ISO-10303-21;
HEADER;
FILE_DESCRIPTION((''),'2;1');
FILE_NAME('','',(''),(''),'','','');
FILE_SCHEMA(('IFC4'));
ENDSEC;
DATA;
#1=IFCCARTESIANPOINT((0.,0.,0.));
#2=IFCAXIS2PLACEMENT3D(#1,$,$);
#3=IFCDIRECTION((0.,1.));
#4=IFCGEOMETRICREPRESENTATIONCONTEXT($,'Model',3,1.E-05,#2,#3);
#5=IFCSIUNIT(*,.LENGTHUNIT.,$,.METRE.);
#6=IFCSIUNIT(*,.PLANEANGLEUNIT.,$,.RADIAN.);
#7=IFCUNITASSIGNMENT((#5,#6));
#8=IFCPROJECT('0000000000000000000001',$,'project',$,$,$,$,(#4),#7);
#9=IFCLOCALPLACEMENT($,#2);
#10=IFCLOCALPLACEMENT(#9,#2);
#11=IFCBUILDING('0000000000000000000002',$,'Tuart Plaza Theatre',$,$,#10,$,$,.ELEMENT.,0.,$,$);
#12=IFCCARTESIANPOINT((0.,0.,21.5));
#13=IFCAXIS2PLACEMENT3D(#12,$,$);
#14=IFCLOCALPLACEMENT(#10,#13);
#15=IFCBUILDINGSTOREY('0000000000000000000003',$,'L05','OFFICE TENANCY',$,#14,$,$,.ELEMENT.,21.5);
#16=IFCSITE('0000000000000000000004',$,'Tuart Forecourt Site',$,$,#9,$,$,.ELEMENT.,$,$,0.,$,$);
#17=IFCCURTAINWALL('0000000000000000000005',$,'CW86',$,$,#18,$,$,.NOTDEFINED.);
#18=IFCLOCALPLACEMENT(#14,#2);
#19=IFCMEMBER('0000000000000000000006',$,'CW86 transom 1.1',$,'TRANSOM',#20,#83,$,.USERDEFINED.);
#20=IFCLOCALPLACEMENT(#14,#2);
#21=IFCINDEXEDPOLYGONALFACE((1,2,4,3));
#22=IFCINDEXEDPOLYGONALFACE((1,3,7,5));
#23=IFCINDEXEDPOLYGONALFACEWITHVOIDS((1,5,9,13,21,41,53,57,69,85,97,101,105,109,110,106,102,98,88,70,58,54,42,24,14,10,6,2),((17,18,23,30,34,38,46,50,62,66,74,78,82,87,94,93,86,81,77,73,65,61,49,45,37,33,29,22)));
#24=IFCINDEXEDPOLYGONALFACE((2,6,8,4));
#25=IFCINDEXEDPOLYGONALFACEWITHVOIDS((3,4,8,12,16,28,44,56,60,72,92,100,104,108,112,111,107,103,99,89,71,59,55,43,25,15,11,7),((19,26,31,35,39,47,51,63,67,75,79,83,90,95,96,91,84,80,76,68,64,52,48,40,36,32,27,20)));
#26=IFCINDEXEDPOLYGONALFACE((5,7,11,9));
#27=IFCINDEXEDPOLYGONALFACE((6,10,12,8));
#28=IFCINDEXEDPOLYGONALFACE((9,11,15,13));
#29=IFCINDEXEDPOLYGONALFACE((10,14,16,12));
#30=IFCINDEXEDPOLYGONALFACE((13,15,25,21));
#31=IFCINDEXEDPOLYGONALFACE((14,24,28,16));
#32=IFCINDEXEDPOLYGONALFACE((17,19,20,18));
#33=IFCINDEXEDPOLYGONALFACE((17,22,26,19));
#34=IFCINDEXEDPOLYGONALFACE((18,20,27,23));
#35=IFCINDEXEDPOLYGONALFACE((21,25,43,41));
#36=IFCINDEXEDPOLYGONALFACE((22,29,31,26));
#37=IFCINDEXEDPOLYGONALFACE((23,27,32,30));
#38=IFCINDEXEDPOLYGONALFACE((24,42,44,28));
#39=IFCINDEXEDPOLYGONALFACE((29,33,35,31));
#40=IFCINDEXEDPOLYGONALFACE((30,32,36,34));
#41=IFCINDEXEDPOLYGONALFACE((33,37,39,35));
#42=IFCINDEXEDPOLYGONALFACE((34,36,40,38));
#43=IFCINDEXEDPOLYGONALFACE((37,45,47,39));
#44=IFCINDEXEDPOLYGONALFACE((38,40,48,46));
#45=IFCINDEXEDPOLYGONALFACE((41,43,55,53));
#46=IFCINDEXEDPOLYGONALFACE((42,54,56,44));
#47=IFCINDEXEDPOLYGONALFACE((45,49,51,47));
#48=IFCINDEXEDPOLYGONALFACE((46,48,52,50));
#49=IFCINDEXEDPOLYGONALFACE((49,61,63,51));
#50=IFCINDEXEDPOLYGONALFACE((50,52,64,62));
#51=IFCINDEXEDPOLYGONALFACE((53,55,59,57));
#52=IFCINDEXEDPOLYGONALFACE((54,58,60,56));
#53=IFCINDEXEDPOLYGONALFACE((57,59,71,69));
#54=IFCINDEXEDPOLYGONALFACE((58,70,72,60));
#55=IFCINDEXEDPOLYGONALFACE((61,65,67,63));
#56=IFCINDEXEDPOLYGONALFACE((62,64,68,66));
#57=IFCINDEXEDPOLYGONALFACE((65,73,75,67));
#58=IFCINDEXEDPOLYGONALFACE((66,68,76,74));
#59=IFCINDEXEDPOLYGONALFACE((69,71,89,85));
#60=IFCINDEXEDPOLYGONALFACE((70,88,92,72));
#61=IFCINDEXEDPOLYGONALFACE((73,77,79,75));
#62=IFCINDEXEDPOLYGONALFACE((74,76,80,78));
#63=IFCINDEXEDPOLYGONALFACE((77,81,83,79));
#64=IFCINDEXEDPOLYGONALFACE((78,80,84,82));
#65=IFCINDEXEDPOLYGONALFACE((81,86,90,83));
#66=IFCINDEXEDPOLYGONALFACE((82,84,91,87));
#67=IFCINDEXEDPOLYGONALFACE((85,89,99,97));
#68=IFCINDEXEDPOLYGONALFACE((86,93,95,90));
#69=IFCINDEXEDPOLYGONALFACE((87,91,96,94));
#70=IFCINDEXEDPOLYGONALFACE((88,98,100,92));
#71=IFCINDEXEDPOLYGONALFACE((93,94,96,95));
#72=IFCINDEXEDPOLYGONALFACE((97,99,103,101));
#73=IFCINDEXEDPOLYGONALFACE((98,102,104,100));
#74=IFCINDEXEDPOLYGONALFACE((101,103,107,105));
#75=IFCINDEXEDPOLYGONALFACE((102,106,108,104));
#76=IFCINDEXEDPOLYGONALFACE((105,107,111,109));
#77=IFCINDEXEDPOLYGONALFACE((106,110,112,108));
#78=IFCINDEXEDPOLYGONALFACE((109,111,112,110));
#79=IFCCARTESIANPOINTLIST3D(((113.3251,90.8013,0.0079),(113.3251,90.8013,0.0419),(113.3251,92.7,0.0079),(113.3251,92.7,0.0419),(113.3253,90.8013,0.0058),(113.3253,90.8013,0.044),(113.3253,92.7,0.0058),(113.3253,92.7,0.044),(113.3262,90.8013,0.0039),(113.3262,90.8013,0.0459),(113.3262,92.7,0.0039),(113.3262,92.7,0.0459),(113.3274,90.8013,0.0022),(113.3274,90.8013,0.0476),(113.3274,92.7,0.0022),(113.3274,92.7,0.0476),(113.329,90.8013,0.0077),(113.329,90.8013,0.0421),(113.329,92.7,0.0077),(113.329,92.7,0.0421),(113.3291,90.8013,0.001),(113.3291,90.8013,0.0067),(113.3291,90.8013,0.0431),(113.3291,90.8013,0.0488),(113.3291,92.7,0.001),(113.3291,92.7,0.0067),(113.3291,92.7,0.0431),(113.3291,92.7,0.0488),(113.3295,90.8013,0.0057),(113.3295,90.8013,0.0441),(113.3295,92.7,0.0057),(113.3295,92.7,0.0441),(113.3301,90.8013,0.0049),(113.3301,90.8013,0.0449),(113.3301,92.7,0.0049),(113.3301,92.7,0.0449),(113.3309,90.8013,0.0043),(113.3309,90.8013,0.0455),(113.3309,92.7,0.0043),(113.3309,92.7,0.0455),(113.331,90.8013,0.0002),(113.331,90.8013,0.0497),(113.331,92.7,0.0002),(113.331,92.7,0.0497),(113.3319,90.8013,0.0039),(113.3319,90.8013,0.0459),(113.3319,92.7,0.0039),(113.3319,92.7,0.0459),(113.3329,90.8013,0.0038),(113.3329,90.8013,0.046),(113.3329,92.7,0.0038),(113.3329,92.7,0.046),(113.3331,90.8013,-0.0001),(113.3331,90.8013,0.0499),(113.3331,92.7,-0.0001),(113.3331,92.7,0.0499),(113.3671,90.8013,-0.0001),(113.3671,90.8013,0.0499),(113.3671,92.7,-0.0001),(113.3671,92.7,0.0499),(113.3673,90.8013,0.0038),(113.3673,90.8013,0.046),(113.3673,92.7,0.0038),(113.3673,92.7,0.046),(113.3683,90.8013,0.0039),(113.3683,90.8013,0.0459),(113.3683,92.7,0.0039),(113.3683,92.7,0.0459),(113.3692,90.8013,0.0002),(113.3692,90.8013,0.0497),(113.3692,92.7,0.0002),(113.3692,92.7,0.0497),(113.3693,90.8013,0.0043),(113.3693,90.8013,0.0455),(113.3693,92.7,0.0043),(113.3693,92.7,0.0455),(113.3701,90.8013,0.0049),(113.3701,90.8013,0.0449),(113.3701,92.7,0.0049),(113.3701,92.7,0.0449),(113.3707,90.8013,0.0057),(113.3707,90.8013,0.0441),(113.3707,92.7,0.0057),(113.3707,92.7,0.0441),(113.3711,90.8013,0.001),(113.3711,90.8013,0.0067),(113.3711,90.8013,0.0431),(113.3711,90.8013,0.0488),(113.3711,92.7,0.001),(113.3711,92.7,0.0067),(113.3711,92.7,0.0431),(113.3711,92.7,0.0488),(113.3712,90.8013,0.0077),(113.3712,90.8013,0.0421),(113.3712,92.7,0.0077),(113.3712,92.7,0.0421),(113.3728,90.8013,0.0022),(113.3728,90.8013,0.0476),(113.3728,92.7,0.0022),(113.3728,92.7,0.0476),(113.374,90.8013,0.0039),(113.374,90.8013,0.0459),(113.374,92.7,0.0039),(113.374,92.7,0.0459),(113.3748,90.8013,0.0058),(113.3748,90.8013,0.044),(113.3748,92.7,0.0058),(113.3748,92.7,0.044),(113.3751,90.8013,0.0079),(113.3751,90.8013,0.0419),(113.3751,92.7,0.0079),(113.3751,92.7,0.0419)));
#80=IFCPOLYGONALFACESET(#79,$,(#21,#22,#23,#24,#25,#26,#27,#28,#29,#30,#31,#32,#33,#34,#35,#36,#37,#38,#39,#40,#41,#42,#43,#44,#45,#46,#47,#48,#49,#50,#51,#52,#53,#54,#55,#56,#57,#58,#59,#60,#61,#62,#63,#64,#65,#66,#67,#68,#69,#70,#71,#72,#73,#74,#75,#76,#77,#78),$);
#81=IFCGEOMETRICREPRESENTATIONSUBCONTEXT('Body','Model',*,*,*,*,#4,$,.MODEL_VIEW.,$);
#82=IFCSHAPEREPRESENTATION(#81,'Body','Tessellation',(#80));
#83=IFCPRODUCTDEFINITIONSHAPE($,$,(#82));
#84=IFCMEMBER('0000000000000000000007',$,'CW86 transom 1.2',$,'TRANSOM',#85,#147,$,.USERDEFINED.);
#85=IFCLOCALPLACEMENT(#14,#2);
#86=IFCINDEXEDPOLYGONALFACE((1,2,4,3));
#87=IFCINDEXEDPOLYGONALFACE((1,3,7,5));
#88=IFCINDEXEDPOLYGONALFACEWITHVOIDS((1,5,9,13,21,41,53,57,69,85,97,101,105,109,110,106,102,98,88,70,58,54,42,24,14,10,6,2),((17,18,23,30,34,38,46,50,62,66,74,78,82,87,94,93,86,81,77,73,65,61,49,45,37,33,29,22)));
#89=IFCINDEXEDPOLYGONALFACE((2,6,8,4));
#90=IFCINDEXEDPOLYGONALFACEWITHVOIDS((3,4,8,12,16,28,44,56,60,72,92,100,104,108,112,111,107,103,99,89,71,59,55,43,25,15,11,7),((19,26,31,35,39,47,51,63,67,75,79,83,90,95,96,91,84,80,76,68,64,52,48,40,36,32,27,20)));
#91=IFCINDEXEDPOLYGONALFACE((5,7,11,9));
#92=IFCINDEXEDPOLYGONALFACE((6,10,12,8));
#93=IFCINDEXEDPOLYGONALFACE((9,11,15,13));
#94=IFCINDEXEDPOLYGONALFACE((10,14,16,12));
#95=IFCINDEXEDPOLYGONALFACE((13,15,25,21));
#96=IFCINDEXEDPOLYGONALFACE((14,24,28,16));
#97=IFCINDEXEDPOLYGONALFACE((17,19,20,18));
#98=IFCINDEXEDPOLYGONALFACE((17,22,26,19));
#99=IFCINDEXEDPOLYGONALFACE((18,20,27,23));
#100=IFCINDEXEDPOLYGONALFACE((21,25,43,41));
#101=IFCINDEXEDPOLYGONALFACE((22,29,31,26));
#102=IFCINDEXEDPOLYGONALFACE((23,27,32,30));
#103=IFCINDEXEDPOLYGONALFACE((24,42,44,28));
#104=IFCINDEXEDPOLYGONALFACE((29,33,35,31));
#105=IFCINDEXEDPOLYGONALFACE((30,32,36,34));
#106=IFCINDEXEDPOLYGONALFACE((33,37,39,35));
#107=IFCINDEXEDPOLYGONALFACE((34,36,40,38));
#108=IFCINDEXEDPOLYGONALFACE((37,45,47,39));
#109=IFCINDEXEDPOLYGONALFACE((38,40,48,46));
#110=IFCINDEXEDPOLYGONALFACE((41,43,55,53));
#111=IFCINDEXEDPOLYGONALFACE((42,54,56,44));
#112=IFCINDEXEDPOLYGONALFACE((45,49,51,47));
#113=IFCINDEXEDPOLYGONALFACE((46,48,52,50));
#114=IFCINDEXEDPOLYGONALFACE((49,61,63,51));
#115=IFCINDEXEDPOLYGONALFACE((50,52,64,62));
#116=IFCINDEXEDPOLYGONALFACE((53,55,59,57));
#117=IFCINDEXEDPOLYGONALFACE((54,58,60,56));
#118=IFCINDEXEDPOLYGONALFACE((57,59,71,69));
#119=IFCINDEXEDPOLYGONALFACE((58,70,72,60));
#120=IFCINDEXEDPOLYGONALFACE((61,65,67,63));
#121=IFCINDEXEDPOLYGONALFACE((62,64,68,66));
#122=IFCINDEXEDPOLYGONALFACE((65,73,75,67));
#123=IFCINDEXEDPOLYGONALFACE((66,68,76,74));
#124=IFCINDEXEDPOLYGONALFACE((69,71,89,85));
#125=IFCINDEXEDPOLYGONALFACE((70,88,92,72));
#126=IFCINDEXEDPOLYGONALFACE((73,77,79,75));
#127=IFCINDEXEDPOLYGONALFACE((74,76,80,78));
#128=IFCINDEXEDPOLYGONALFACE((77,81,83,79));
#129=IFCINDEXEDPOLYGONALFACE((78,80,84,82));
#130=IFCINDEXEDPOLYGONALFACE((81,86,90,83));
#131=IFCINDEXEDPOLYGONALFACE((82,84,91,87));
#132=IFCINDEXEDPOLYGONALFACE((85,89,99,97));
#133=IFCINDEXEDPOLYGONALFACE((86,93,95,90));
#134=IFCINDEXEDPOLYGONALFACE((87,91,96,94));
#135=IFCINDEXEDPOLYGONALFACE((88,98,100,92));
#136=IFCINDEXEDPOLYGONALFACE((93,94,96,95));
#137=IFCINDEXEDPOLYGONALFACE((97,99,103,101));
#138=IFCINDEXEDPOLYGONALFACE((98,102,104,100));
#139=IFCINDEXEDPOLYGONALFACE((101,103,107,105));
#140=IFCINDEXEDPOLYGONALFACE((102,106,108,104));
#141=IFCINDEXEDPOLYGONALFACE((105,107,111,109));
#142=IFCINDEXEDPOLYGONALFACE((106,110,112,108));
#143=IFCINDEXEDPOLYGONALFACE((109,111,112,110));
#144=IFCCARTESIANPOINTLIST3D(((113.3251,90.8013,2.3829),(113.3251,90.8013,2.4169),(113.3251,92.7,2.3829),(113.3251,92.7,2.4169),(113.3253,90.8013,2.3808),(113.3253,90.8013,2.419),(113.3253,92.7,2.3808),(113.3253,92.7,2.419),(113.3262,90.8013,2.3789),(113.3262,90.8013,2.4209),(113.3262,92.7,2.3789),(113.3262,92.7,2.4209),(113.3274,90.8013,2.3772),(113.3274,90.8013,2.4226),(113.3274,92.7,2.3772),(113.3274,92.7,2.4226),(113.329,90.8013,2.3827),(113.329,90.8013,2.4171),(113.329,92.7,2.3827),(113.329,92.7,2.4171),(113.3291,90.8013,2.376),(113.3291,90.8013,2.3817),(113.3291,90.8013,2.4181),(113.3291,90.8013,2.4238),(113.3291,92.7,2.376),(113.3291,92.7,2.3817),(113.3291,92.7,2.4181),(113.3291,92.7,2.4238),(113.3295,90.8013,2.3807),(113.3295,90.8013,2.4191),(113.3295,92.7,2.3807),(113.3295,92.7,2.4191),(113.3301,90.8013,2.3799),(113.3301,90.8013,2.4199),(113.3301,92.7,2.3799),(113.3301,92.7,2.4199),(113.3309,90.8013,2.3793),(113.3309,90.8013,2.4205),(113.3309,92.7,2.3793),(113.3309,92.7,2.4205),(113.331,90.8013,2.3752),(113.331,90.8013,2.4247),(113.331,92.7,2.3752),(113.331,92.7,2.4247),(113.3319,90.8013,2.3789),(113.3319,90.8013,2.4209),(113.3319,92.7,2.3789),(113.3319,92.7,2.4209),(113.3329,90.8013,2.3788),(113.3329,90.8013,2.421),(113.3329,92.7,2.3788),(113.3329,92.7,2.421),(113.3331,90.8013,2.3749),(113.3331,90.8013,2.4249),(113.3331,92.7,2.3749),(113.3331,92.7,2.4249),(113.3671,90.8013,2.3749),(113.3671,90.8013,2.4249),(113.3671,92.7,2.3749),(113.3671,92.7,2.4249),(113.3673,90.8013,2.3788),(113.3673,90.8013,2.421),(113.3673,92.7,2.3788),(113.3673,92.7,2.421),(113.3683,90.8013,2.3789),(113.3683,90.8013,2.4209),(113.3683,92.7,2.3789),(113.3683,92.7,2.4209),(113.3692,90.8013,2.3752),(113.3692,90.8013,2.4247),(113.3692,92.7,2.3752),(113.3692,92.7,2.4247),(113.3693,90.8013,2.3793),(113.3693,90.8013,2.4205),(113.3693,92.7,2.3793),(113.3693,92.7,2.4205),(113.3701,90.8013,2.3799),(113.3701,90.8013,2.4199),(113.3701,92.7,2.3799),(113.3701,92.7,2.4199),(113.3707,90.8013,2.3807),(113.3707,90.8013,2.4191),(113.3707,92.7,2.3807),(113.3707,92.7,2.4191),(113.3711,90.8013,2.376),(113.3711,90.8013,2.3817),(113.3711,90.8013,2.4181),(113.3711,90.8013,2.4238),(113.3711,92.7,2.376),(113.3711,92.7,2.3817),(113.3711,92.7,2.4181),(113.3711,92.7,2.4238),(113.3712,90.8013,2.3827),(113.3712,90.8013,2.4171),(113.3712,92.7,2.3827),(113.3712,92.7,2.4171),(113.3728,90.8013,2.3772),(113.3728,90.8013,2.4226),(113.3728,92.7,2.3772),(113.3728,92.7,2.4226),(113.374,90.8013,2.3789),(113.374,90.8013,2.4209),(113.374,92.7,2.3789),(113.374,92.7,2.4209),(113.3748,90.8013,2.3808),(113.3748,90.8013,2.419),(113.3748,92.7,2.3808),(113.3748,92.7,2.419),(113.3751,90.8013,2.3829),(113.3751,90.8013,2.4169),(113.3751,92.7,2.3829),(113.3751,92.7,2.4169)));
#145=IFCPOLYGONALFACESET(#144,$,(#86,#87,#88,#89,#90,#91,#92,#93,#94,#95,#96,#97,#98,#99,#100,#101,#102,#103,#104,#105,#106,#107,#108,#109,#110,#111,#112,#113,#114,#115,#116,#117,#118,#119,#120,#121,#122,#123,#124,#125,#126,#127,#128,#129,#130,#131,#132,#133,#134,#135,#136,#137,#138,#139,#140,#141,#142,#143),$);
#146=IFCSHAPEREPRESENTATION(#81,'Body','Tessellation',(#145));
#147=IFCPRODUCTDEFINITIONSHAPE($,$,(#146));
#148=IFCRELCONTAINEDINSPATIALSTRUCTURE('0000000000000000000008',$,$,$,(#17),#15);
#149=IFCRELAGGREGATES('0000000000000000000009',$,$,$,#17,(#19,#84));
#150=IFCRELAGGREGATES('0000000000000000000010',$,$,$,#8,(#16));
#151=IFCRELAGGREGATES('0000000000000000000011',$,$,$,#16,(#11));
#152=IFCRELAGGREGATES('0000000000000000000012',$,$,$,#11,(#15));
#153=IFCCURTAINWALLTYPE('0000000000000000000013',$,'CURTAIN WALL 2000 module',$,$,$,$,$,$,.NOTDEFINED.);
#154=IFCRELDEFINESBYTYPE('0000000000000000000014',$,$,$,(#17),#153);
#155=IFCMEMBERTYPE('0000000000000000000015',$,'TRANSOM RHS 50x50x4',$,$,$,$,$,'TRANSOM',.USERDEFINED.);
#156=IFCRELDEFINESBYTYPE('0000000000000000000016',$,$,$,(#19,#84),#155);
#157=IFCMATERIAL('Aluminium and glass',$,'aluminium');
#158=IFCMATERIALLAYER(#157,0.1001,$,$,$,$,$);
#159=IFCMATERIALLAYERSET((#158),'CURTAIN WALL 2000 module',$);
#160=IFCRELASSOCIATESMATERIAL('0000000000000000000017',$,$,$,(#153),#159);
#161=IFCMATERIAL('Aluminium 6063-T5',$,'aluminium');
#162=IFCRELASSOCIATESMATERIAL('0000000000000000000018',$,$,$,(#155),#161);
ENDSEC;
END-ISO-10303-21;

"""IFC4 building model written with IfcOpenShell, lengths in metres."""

from ifc_helpers import new_model, si_unit, direction, frame, origin, origin_2d, place, context, subcontext, project, spatial, hollow_rectangle, extrude, material, layer, layer_set, material_profile, profile_set, type_object, element, aggregate, save


model = new_model("IFC4")

# Units and contexts
model_context = context("Model", 3, precision=1e-05, world=origin(), true_north=direction((0.0, 1.0)))
body_context = subcontext(model_context, "Body", "Model", "MODEL_VIEW")
ifc_project = project(units=[si_unit("LENGTHUNIT", "METRE"), si_unit("PLANEANGLEUNIT", "RADIAN")], contexts=[model_context])

# Site, building, storey
site_placement = place(None, origin())
site = spatial("IfcSite", under=ifc_project, at=site_placement, Name="Tuart Forecourt Site", CompositionType="ELEMENT", RefElevation=0.0)
building_placement = place(site_placement, origin())
building = spatial("IfcBuilding", under=site, at=building_placement, Name="Tuart Plaza Theatre", CompositionType="ELEMENT", ElevationOfRefHeight=0.0)
storey_placement = place(building_placement, frame((0.0, 0.0, 21.5)))
storey = spatial("IfcBuildingStorey", under=building, at=storey_placement, Name="L05", Description="OFFICE TENANCY", CompositionType="ELEMENT", Elevation=21.5)

# Shared definitions
ifc_material_1 = material(Name="Aluminium and glass", Category="aluminium")
ifc_layer_1 = layer(ifc_material_1, 0.1001)
ifc_layer_set_1 = layer_set([ifc_layer_1], Name="CURTAIN WALL 2000 module")
curtain_wall_type = type_object("IfcCurtainWallType", Name="CURTAIN WALL 2000 module", PredefinedType="NOTDEFINED", material=ifc_layer_set_1)

# Curtain wall
curtain_wall_1_placement = place(storey_placement, origin())
curtain_wall_1 = element("IfcCurtainWall", 1, at=curtain_wall_1_placement, inside=storey, type_object=curtain_wall_type, Name="CW86", PredefinedType="NOTDEFINED")

# Members
ifc_material_2 = material(Name="Aluminium 6063-T5", Category="aluminium")
ifc_material_profile_1 = material_profile(ifc_material_2, hollow_rectangle(XDim=0.05, YDim=0.05, WallThickness=0.0039, InnerFilletRadius=0.0039, OuterFilletRadius=0.0081, at=origin_2d()), Name="RHS 50x50x4")
ifc_profile_set_1 = profile_set([ifc_material_profile_1], Name="Aluminium 6063-T5")
member_type_1 = type_object("IfcMemberType", Name="TRANSOM RHS 50x50x4", ElementType="TRANSOM", PredefinedType="USERDEFINED", material=ifc_profile_set_1)
member_1_placement = place(storey_placement, frame((113.3501, 92.7, 0.0249), z_axis=(0.0, -1.0, 0.0), x_axis=(1.0, 0.0, 0.0)))
member_1 = element("IfcMember", 2, at=member_1_placement, type_object=member_type_1, Name="CW86 transom 1.1", ObjectType="TRANSOM", PredefinedType="USERDEFINED", context=body_context, shape_type="SweptSolid", body=[
    extrude(hollow_rectangle(XDim=0.05, YDim=0.05, WallThickness=0.0039, InnerFilletRadius=0.0039, OuterFilletRadius=0.0081, at=origin_2d()), origin(), (0.0, 0.0, 1.0), 1.8987),
])
member_2_placement = place(storey_placement, frame((113.3501, 92.7, 2.3999), z_axis=(0.0, -1.0, 0.0), x_axis=(1.0, 0.0, 0.0)))
member_2 = element("IfcMember", 3, at=member_2_placement, type_object=member_type_1, Name="CW86 transom 1.2", ObjectType="TRANSOM", PredefinedType="USERDEFINED", context=body_context, shape_type="SweptSolid", body=[
    extrude(hollow_rectangle(XDim=0.05, YDim=0.05, WallThickness=0.0039, InnerFilletRadius=0.0039, OuterFilletRadius=0.0081, at=origin_2d()), origin(), (0.0, 0.0, 1.0), 1.8987),
])

aggregate(curtain_wall_1, [member_1, member_2])

save(model, "model.ifc")
